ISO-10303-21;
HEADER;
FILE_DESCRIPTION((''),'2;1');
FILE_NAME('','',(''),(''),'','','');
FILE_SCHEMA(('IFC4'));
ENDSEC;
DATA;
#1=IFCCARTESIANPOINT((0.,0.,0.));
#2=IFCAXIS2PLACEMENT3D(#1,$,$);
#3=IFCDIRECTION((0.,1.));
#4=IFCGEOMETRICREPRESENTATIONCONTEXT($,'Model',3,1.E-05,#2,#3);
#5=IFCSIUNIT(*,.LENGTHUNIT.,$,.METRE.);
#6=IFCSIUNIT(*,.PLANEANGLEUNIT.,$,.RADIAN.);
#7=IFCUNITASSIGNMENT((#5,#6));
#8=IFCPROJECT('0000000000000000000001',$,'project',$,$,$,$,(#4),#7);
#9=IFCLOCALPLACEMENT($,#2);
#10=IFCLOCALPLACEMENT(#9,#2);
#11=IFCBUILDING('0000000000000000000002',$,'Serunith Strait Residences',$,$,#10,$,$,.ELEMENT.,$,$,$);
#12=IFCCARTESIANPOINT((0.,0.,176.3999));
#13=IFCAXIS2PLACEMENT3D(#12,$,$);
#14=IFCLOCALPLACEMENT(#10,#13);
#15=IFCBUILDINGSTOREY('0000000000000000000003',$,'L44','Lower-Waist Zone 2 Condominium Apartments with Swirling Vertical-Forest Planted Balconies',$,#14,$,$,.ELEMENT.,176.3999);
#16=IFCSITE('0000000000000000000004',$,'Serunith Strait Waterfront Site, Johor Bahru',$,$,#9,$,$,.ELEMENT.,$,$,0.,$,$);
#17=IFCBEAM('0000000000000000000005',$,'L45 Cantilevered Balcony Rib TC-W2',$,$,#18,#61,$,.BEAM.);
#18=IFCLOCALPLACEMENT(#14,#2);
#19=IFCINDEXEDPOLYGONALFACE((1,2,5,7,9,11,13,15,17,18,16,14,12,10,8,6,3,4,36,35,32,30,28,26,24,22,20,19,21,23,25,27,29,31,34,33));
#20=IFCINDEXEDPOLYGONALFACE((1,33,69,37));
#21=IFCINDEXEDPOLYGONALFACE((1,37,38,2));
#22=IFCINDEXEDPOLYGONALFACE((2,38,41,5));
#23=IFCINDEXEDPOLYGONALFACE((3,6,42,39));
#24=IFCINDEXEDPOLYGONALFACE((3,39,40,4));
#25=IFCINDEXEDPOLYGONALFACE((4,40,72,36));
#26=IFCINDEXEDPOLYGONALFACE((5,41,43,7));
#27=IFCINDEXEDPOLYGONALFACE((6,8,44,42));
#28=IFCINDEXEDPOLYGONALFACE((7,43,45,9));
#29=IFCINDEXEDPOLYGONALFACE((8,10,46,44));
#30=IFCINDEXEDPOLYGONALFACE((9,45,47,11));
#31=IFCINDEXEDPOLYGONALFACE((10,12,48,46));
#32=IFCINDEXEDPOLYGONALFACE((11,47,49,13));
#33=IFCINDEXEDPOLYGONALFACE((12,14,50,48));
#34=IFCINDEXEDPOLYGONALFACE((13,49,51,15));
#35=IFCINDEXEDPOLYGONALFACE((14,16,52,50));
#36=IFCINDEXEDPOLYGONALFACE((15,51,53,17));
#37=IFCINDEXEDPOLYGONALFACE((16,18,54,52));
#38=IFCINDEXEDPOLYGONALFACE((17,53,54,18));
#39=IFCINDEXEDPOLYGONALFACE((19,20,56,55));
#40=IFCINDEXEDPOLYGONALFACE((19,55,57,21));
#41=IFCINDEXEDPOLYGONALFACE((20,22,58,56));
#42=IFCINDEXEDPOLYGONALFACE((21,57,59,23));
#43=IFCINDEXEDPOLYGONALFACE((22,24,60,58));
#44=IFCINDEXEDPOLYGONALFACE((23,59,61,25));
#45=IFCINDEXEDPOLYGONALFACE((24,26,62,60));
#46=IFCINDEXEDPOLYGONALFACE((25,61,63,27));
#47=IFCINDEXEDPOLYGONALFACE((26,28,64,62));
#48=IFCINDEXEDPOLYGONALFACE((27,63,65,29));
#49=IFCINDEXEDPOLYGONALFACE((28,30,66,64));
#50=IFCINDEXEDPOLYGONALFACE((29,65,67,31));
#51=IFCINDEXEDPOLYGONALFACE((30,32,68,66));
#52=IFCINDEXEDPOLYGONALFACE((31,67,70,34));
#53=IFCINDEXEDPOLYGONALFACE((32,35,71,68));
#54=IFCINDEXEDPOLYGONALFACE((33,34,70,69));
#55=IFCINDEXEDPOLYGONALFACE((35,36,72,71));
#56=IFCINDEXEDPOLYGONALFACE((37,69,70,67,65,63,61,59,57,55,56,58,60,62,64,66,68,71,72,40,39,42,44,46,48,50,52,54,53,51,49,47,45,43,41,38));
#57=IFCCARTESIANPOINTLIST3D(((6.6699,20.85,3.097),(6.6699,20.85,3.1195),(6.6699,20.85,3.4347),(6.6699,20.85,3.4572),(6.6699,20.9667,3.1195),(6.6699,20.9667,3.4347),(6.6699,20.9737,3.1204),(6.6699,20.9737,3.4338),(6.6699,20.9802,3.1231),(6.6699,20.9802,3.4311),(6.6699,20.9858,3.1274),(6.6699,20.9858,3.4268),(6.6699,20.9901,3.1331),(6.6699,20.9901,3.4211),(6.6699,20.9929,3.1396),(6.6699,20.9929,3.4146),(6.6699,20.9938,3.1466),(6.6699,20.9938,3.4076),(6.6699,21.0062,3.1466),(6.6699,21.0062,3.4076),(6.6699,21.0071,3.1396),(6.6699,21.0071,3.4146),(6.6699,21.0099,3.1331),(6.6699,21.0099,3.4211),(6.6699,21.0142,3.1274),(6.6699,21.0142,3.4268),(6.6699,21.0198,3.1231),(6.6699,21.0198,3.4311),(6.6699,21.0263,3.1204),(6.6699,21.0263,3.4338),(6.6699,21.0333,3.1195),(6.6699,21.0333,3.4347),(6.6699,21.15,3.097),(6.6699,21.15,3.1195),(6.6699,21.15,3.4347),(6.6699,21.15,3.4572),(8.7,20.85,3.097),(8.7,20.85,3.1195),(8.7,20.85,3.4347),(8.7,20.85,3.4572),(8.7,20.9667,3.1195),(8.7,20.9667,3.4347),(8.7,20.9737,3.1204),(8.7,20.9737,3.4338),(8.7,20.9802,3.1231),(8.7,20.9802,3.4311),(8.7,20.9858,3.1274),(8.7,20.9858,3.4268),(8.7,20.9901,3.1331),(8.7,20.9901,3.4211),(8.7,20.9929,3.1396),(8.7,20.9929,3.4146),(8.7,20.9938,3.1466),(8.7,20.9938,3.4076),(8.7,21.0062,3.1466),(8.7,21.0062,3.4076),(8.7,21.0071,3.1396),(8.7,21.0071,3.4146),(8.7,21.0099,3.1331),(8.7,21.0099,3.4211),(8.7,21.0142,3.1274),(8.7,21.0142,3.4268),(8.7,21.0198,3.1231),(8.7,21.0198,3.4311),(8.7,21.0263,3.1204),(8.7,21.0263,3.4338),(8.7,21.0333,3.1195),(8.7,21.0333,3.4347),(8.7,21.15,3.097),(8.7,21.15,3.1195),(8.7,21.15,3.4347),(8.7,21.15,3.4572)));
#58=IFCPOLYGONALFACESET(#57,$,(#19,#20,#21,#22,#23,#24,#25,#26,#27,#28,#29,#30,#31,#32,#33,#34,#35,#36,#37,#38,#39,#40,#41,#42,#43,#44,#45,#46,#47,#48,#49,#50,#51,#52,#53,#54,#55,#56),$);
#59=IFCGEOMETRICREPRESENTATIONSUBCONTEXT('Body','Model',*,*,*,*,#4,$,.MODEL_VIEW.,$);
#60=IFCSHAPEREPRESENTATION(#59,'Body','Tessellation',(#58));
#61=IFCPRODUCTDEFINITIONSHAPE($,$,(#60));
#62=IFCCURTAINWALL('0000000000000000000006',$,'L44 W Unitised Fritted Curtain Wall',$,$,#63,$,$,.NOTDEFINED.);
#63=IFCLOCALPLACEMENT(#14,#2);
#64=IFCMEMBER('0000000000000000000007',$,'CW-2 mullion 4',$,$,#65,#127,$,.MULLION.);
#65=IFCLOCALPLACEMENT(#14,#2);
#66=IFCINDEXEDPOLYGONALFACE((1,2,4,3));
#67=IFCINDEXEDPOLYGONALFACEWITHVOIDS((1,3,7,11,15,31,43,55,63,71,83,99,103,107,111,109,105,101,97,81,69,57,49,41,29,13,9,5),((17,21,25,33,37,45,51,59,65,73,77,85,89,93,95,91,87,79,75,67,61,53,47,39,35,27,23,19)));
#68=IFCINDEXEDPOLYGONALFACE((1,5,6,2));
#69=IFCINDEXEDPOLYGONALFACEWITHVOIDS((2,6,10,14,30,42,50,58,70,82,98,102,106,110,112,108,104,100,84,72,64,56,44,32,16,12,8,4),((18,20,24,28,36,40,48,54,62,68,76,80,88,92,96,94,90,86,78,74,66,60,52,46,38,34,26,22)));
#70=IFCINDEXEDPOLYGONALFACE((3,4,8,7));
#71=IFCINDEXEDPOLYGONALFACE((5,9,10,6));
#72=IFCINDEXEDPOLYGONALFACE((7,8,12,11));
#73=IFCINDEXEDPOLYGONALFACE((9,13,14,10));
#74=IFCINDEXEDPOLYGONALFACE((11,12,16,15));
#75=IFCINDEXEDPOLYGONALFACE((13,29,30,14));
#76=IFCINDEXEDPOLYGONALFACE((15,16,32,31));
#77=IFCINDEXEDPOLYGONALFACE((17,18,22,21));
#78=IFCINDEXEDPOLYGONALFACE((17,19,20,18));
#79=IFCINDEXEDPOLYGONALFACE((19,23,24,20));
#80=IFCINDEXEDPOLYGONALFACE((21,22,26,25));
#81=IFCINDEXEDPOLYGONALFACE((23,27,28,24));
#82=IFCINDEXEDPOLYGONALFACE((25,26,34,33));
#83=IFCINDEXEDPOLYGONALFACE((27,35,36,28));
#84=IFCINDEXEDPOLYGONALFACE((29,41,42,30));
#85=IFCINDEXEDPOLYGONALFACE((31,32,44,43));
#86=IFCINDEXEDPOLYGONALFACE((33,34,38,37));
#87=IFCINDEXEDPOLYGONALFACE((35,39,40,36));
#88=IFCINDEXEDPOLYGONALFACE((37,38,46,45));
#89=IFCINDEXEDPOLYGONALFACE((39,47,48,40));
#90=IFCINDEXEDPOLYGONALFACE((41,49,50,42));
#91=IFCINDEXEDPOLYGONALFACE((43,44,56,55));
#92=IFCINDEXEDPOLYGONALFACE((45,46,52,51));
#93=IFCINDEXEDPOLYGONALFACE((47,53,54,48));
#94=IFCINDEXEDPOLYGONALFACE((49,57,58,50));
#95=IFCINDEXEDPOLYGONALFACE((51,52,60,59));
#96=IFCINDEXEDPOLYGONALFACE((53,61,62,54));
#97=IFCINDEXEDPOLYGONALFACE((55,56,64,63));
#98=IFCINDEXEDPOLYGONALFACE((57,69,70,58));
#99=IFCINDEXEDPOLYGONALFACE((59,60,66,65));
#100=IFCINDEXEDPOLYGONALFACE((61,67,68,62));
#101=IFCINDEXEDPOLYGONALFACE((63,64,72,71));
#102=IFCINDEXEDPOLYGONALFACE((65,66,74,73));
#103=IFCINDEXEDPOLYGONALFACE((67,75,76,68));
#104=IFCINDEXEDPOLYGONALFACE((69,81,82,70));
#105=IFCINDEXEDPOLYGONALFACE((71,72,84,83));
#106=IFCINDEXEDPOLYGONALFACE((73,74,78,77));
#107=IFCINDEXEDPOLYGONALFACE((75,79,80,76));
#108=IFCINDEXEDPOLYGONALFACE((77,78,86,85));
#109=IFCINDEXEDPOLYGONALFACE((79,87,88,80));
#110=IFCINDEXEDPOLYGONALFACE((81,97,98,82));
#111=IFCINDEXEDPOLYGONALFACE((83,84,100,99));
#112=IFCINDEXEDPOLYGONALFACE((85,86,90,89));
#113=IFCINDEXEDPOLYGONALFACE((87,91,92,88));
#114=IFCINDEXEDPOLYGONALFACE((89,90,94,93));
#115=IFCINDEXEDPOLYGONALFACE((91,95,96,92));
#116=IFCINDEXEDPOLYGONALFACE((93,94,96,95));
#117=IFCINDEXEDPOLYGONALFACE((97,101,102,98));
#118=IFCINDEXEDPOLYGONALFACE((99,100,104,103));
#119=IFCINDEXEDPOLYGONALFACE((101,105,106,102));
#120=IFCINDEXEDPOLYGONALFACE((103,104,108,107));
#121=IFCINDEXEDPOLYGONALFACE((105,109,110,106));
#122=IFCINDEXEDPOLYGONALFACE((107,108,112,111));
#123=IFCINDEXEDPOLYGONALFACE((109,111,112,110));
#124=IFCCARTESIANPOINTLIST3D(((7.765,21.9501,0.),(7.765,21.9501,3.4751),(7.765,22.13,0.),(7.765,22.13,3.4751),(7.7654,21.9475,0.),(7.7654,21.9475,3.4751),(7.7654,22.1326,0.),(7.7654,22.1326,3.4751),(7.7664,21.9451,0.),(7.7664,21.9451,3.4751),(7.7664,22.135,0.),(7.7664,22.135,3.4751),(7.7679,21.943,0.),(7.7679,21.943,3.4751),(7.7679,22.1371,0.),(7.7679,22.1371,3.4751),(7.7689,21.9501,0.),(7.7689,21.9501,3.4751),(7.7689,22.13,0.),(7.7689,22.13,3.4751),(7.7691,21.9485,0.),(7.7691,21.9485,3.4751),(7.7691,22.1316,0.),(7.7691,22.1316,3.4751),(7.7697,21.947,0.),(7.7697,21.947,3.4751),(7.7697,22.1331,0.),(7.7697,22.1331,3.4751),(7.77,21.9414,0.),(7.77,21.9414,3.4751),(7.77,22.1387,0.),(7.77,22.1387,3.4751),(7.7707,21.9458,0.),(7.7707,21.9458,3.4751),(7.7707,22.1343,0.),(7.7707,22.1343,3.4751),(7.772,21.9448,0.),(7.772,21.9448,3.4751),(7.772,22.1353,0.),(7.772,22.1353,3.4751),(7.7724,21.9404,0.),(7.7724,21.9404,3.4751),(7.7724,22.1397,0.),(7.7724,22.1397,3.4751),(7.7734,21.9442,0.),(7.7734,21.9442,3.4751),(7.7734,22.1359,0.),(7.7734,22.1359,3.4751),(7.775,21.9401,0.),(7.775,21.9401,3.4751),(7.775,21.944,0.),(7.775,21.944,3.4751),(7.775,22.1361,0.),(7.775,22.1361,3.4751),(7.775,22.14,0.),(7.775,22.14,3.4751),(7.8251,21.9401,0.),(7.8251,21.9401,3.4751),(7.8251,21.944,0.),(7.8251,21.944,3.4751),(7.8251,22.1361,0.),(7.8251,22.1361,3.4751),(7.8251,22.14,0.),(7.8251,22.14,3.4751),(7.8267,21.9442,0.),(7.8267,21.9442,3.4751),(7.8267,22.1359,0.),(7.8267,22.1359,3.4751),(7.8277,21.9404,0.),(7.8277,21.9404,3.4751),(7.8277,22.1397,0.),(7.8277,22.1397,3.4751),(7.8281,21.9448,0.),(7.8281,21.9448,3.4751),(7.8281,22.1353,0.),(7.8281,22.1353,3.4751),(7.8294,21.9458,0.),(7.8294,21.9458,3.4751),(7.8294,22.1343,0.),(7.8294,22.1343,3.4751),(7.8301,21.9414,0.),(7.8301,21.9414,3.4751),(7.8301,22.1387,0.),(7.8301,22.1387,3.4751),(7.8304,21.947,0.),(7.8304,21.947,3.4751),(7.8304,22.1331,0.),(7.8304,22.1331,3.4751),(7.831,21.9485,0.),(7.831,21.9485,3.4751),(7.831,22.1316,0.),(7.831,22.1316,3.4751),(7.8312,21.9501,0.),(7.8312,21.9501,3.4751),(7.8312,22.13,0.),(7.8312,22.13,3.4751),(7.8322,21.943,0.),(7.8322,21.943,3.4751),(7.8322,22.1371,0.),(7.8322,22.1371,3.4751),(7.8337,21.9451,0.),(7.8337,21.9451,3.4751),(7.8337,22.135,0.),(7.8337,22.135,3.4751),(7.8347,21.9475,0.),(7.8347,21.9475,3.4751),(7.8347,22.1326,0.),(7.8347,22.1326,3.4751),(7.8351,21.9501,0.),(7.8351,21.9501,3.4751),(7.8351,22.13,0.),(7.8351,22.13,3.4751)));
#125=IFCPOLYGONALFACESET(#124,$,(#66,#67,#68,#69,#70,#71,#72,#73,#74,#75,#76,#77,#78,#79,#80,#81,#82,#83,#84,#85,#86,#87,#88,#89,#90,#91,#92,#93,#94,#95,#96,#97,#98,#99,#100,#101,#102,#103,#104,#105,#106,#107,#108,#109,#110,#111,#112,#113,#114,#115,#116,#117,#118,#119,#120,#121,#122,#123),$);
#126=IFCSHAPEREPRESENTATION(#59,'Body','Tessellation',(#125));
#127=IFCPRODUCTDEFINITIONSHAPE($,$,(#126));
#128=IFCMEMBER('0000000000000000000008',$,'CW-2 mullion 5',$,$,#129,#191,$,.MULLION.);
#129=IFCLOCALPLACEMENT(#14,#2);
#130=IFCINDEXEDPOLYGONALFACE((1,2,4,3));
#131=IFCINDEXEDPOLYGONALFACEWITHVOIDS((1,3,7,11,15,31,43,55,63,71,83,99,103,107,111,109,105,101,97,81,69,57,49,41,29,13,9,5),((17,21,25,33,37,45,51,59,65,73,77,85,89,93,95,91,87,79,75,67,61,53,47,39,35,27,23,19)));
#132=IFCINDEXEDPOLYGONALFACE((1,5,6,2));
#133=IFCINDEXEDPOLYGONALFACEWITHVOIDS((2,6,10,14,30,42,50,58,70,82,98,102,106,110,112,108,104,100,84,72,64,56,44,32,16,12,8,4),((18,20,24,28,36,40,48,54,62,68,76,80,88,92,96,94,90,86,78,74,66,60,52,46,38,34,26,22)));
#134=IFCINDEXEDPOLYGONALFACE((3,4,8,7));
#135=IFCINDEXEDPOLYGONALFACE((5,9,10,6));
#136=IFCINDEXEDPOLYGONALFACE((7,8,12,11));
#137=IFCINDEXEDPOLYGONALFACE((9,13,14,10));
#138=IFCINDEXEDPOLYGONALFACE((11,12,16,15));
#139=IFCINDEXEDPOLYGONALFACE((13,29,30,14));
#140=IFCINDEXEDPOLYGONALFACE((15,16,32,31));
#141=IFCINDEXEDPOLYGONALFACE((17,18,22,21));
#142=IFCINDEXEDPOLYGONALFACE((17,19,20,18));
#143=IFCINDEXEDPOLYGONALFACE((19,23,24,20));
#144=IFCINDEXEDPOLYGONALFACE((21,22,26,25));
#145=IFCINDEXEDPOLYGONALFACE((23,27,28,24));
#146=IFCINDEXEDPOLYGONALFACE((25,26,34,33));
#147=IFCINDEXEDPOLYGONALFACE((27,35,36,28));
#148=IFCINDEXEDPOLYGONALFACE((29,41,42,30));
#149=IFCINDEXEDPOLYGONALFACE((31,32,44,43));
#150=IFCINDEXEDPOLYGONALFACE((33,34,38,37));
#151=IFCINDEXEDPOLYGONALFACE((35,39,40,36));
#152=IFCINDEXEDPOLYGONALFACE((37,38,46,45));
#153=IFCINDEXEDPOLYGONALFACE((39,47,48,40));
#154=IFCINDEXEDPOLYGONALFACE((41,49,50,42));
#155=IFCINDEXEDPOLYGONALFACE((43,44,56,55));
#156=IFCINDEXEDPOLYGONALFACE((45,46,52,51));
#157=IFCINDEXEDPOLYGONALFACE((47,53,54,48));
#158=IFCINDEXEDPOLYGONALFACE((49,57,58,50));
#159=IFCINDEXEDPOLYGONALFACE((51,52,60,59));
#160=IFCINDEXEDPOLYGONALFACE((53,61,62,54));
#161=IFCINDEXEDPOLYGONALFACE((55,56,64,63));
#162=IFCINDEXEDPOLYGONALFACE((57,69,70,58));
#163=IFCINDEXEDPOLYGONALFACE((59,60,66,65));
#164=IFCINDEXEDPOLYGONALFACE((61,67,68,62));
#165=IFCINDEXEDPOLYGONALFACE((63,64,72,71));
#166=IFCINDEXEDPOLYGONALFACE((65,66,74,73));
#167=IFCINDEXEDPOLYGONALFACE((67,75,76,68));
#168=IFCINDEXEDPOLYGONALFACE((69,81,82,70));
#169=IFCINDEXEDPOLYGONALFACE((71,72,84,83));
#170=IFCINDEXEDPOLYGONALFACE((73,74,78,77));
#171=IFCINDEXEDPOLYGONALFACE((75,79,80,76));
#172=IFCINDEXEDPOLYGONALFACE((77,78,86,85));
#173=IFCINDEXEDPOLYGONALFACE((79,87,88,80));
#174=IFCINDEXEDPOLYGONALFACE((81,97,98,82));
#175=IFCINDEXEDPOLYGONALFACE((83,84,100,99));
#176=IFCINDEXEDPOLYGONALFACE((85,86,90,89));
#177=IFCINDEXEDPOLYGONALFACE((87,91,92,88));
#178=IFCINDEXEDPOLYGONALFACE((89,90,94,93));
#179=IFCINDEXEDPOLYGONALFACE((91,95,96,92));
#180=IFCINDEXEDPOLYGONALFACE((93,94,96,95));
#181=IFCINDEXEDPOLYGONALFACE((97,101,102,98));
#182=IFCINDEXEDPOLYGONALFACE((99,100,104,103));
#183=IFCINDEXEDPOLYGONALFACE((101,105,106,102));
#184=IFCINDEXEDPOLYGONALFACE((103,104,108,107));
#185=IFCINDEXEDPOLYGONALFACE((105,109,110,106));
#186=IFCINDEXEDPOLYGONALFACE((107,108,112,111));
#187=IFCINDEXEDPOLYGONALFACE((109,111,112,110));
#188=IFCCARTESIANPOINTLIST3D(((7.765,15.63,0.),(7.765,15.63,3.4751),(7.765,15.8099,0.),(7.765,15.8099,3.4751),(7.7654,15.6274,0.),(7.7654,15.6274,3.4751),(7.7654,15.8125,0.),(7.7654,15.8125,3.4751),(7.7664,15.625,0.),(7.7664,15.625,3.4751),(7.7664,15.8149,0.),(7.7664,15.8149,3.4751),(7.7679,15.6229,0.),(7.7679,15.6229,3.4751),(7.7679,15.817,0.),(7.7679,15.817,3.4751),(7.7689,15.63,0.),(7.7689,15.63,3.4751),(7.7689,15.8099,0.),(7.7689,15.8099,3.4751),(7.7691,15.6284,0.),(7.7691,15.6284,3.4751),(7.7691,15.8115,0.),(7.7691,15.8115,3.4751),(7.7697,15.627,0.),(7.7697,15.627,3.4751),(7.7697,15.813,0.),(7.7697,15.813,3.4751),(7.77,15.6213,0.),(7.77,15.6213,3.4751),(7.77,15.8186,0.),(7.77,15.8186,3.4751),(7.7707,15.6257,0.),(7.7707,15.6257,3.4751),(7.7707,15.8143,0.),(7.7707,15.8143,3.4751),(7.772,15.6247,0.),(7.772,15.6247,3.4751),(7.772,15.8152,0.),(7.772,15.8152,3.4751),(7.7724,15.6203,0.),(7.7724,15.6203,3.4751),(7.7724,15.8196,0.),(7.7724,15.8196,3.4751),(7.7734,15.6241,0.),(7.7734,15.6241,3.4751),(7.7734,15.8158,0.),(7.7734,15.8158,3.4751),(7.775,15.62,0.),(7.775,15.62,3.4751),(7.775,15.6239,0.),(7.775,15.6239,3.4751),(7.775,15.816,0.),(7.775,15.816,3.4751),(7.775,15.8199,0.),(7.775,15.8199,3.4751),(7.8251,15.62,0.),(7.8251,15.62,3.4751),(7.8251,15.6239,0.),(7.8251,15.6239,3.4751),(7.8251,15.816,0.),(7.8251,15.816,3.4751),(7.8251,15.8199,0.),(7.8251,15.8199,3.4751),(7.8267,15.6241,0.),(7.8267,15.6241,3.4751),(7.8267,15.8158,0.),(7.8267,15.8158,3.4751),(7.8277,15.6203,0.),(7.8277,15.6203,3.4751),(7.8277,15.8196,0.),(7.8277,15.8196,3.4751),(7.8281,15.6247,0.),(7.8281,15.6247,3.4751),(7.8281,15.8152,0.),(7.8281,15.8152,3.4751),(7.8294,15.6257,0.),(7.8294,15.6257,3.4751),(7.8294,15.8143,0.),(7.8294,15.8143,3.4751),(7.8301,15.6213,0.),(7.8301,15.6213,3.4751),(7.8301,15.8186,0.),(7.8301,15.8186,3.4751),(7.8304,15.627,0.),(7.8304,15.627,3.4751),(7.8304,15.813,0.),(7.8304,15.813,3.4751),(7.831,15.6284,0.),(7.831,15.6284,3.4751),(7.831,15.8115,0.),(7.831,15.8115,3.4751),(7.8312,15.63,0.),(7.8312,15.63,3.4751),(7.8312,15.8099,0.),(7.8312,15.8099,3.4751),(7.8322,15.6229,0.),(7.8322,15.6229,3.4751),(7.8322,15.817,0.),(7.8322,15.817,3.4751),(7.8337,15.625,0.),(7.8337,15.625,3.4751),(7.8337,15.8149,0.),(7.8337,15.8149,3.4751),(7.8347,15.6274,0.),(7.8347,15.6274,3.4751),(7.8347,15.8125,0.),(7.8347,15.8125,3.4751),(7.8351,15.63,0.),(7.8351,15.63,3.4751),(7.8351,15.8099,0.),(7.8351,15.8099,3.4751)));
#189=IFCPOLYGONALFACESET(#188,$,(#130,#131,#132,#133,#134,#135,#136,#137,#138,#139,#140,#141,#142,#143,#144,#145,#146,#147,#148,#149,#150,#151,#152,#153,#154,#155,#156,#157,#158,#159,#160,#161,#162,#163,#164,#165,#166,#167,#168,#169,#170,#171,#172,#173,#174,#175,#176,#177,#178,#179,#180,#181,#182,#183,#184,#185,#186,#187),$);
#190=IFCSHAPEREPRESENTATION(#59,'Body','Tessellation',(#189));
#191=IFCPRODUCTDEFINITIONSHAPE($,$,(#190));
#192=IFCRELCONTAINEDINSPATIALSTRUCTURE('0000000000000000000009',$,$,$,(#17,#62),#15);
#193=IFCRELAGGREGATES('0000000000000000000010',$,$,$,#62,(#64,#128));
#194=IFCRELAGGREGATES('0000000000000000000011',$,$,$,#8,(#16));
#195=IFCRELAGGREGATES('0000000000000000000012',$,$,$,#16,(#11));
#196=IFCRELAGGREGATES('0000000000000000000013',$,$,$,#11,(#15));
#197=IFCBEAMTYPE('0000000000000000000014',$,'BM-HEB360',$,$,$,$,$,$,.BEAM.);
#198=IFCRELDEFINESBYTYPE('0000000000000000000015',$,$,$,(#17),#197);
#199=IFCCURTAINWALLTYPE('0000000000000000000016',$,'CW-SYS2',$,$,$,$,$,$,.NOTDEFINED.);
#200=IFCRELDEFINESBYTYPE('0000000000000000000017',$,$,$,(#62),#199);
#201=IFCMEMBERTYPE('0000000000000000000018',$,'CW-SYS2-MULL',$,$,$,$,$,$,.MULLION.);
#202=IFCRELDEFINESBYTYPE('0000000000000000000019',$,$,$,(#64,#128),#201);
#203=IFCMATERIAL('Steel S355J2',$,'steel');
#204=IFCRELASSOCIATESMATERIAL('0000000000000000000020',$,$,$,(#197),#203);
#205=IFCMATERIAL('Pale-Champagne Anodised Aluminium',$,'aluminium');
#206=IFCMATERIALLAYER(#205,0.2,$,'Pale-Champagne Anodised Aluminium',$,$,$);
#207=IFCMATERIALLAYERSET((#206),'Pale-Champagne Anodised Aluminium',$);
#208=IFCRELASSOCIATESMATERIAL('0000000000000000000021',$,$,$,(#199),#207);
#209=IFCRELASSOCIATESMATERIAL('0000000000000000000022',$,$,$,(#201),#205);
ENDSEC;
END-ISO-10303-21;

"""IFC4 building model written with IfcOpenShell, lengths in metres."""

from ifc_helpers import new_model, si_unit, direction, frame, origin, origin_2d, place, context, subcontext, project, spatial, hollow_rectangle, i_section, extrude, source, transform, mapped, material, layer, layer_set, material_profile, profile_set, type_object, element, aggregate, save


model = new_model("IFC4")

# Units and contexts
model_context = context("Model", 3, precision=1e-05, world=origin(), true_north=direction((0.0, 1.0)))
body_context = subcontext(model_context, "Body", "Model", "MODEL_VIEW")
ifc_project = project(units=[si_unit("LENGTHUNIT", "METRE"), si_unit("PLANEANGLEUNIT", "RADIAN")], contexts=[model_context])

# Site, building, storey
site_placement = place(None, origin())
site = spatial("IfcSite", under=ifc_project, at=site_placement, Name="Serunith Strait Waterfront Site, Johor Bahru", CompositionType="ELEMENT", RefElevation=0.0)
building_placement = place(site_placement, origin())
building = spatial("IfcBuilding", under=site, at=building_placement, Name="Serunith Strait Residences", CompositionType="ELEMENT")
storey_placement = place(building_placement, frame((0.0, 0.0, 176.3999)))
storey = spatial("IfcBuildingStorey", under=building, at=storey_placement, Name="L44", Description="Lower-Waist Zone 2 Condominium Apartments with Swirling Vertical-Forest Planted Balconies", CompositionType="ELEMENT", Elevation=176.3999)

# Beam
ifc_material_1 = material(Name="Steel S355J2", Category="steel")
ifc_material_profile_1 = material_profile(ifc_material_1, i_section(OverallWidth=0.3, OverallDepth=0.3601, WebThickness=0.0125, FlangeThickness=0.0225, FilletRadius=0.0271, at=origin_2d()), Name="HEB 360")
ifc_profile_set_1 = profile_set([ifc_material_profile_1], Name="Steel S355J2")
beam_type_1 = type_object("IfcBeamType", Name="BM-HEB360", PredefinedType="BEAM", material=ifc_profile_set_1)
shared_shape_1 = source(origin(), body_context, "Body", "SweptSolid", [
    extrude(i_section(OverallWidth=0.3, OverallDepth=0.3601, WebThickness=0.0125, FlangeThickness=0.0225, FilletRadius=0.0271, at=origin_2d()), origin(), (0.0, 0.0, 1.0), 2.03),
])
for number, where, z_axis, x_axis, name in (
    (1, (8.7, 21.0, 3.2771), (-1.0, 0.0, 0.0), (0.0, -1.0, 0.0), "L45 Cantilevered Balcony Rib TC-W2"),
):
    element("IfcBeam", number, at=place(storey_placement, frame(where, z_axis=z_axis, x_axis=x_axis)), inside=storey, type_object=beam_type_1, Name=name, PredefinedType="BEAM", context=body_context, shape_type="MappedRepresentation", body=[
        mapped(shared_shape_1, transform((0.0, 0.0, 0.0), scale=1.0)),
    ])

# Curtain wall, members
ifc_material_2 = material(Name="Pale-Champagne Anodised Aluminium", Category="aluminium")
ifc_layer_1 = layer(ifc_material_2, 0.2, Name="Pale-Champagne Anodised Aluminium")
ifc_layer_set_1 = layer_set([ifc_layer_1], Name="Pale-Champagne Anodised Aluminium")
curtain_wall_type = type_object("IfcCurtainWallType", Name="CW-SYS2", PredefinedType="NOTDEFINED", material=ifc_layer_set_1)
curtain_wall_placement = place(storey_placement, origin())
curtain_wall = element("IfcCurtainWall", 2, at=curtain_wall_placement, inside=storey, type_object=curtain_wall_type, Name="L44 W Unitised Fritted Curtain Wall", PredefinedType="NOTDEFINED")
ifc_material_profile_2 = material_profile(ifc_material_2, hollow_rectangle(XDim=0.0701, YDim=0.2, WallThickness=0.0039, InnerFilletRadius=0.0061, OuterFilletRadius=0.01, at=origin_2d()), Name="ALU 200x70x4")
ifc_profile_set_2 = profile_set([ifc_material_profile_2], Name="Pale-Champagne Anodised Aluminium")
member_type_1 = type_object("IfcMemberType", Name="CW-SYS2-MULL", PredefinedType="MULLION", material=ifc_profile_set_2)
shared_shape_2 = source(origin(), body_context, "Body", "SweptSolid", [
    extrude(hollow_rectangle(XDim=0.0701, YDim=0.2, WallThickness=0.0039, InnerFilletRadius=0.0061, OuterFilletRadius=0.01, at=origin_2d()), origin(), (0.0, 0.0, 1.0), 3.4751),
])
member_1_placement = place(storey_placement, frame((7.8, 22.04, 0.0), z_axis=(0.0, 0.0, 1.0), x_axis=(1.0, 0.0, 0.0)))
member_1 = element("IfcMember", 3, at=member_1_placement, type_object=member_type_1, Name="CW-2 mullion 4", PredefinedType="MULLION", context=body_context, shape_type="MappedRepresentation", body=[
    mapped(shared_shape_2, transform((0.0, 0.0, 0.0), scale=1.0)),
])
member_2_placement = place(storey_placement, frame((7.8, 15.72, 0.0), z_axis=(0.0, 0.0, 1.0), x_axis=(1.0, 0.0, 0.0)))
member_2 = element("IfcMember", 4, at=member_2_placement, type_object=member_type_1, Name="CW-2 mullion 5", PredefinedType="MULLION", context=body_context, shape_type="MappedRepresentation", body=[
    mapped(shared_shape_2, transform((0.0, 0.0, 0.0), scale=1.0)),
])
aggregate(curtain_wall, [member_1, member_2])

save(model, "model.ifc")
